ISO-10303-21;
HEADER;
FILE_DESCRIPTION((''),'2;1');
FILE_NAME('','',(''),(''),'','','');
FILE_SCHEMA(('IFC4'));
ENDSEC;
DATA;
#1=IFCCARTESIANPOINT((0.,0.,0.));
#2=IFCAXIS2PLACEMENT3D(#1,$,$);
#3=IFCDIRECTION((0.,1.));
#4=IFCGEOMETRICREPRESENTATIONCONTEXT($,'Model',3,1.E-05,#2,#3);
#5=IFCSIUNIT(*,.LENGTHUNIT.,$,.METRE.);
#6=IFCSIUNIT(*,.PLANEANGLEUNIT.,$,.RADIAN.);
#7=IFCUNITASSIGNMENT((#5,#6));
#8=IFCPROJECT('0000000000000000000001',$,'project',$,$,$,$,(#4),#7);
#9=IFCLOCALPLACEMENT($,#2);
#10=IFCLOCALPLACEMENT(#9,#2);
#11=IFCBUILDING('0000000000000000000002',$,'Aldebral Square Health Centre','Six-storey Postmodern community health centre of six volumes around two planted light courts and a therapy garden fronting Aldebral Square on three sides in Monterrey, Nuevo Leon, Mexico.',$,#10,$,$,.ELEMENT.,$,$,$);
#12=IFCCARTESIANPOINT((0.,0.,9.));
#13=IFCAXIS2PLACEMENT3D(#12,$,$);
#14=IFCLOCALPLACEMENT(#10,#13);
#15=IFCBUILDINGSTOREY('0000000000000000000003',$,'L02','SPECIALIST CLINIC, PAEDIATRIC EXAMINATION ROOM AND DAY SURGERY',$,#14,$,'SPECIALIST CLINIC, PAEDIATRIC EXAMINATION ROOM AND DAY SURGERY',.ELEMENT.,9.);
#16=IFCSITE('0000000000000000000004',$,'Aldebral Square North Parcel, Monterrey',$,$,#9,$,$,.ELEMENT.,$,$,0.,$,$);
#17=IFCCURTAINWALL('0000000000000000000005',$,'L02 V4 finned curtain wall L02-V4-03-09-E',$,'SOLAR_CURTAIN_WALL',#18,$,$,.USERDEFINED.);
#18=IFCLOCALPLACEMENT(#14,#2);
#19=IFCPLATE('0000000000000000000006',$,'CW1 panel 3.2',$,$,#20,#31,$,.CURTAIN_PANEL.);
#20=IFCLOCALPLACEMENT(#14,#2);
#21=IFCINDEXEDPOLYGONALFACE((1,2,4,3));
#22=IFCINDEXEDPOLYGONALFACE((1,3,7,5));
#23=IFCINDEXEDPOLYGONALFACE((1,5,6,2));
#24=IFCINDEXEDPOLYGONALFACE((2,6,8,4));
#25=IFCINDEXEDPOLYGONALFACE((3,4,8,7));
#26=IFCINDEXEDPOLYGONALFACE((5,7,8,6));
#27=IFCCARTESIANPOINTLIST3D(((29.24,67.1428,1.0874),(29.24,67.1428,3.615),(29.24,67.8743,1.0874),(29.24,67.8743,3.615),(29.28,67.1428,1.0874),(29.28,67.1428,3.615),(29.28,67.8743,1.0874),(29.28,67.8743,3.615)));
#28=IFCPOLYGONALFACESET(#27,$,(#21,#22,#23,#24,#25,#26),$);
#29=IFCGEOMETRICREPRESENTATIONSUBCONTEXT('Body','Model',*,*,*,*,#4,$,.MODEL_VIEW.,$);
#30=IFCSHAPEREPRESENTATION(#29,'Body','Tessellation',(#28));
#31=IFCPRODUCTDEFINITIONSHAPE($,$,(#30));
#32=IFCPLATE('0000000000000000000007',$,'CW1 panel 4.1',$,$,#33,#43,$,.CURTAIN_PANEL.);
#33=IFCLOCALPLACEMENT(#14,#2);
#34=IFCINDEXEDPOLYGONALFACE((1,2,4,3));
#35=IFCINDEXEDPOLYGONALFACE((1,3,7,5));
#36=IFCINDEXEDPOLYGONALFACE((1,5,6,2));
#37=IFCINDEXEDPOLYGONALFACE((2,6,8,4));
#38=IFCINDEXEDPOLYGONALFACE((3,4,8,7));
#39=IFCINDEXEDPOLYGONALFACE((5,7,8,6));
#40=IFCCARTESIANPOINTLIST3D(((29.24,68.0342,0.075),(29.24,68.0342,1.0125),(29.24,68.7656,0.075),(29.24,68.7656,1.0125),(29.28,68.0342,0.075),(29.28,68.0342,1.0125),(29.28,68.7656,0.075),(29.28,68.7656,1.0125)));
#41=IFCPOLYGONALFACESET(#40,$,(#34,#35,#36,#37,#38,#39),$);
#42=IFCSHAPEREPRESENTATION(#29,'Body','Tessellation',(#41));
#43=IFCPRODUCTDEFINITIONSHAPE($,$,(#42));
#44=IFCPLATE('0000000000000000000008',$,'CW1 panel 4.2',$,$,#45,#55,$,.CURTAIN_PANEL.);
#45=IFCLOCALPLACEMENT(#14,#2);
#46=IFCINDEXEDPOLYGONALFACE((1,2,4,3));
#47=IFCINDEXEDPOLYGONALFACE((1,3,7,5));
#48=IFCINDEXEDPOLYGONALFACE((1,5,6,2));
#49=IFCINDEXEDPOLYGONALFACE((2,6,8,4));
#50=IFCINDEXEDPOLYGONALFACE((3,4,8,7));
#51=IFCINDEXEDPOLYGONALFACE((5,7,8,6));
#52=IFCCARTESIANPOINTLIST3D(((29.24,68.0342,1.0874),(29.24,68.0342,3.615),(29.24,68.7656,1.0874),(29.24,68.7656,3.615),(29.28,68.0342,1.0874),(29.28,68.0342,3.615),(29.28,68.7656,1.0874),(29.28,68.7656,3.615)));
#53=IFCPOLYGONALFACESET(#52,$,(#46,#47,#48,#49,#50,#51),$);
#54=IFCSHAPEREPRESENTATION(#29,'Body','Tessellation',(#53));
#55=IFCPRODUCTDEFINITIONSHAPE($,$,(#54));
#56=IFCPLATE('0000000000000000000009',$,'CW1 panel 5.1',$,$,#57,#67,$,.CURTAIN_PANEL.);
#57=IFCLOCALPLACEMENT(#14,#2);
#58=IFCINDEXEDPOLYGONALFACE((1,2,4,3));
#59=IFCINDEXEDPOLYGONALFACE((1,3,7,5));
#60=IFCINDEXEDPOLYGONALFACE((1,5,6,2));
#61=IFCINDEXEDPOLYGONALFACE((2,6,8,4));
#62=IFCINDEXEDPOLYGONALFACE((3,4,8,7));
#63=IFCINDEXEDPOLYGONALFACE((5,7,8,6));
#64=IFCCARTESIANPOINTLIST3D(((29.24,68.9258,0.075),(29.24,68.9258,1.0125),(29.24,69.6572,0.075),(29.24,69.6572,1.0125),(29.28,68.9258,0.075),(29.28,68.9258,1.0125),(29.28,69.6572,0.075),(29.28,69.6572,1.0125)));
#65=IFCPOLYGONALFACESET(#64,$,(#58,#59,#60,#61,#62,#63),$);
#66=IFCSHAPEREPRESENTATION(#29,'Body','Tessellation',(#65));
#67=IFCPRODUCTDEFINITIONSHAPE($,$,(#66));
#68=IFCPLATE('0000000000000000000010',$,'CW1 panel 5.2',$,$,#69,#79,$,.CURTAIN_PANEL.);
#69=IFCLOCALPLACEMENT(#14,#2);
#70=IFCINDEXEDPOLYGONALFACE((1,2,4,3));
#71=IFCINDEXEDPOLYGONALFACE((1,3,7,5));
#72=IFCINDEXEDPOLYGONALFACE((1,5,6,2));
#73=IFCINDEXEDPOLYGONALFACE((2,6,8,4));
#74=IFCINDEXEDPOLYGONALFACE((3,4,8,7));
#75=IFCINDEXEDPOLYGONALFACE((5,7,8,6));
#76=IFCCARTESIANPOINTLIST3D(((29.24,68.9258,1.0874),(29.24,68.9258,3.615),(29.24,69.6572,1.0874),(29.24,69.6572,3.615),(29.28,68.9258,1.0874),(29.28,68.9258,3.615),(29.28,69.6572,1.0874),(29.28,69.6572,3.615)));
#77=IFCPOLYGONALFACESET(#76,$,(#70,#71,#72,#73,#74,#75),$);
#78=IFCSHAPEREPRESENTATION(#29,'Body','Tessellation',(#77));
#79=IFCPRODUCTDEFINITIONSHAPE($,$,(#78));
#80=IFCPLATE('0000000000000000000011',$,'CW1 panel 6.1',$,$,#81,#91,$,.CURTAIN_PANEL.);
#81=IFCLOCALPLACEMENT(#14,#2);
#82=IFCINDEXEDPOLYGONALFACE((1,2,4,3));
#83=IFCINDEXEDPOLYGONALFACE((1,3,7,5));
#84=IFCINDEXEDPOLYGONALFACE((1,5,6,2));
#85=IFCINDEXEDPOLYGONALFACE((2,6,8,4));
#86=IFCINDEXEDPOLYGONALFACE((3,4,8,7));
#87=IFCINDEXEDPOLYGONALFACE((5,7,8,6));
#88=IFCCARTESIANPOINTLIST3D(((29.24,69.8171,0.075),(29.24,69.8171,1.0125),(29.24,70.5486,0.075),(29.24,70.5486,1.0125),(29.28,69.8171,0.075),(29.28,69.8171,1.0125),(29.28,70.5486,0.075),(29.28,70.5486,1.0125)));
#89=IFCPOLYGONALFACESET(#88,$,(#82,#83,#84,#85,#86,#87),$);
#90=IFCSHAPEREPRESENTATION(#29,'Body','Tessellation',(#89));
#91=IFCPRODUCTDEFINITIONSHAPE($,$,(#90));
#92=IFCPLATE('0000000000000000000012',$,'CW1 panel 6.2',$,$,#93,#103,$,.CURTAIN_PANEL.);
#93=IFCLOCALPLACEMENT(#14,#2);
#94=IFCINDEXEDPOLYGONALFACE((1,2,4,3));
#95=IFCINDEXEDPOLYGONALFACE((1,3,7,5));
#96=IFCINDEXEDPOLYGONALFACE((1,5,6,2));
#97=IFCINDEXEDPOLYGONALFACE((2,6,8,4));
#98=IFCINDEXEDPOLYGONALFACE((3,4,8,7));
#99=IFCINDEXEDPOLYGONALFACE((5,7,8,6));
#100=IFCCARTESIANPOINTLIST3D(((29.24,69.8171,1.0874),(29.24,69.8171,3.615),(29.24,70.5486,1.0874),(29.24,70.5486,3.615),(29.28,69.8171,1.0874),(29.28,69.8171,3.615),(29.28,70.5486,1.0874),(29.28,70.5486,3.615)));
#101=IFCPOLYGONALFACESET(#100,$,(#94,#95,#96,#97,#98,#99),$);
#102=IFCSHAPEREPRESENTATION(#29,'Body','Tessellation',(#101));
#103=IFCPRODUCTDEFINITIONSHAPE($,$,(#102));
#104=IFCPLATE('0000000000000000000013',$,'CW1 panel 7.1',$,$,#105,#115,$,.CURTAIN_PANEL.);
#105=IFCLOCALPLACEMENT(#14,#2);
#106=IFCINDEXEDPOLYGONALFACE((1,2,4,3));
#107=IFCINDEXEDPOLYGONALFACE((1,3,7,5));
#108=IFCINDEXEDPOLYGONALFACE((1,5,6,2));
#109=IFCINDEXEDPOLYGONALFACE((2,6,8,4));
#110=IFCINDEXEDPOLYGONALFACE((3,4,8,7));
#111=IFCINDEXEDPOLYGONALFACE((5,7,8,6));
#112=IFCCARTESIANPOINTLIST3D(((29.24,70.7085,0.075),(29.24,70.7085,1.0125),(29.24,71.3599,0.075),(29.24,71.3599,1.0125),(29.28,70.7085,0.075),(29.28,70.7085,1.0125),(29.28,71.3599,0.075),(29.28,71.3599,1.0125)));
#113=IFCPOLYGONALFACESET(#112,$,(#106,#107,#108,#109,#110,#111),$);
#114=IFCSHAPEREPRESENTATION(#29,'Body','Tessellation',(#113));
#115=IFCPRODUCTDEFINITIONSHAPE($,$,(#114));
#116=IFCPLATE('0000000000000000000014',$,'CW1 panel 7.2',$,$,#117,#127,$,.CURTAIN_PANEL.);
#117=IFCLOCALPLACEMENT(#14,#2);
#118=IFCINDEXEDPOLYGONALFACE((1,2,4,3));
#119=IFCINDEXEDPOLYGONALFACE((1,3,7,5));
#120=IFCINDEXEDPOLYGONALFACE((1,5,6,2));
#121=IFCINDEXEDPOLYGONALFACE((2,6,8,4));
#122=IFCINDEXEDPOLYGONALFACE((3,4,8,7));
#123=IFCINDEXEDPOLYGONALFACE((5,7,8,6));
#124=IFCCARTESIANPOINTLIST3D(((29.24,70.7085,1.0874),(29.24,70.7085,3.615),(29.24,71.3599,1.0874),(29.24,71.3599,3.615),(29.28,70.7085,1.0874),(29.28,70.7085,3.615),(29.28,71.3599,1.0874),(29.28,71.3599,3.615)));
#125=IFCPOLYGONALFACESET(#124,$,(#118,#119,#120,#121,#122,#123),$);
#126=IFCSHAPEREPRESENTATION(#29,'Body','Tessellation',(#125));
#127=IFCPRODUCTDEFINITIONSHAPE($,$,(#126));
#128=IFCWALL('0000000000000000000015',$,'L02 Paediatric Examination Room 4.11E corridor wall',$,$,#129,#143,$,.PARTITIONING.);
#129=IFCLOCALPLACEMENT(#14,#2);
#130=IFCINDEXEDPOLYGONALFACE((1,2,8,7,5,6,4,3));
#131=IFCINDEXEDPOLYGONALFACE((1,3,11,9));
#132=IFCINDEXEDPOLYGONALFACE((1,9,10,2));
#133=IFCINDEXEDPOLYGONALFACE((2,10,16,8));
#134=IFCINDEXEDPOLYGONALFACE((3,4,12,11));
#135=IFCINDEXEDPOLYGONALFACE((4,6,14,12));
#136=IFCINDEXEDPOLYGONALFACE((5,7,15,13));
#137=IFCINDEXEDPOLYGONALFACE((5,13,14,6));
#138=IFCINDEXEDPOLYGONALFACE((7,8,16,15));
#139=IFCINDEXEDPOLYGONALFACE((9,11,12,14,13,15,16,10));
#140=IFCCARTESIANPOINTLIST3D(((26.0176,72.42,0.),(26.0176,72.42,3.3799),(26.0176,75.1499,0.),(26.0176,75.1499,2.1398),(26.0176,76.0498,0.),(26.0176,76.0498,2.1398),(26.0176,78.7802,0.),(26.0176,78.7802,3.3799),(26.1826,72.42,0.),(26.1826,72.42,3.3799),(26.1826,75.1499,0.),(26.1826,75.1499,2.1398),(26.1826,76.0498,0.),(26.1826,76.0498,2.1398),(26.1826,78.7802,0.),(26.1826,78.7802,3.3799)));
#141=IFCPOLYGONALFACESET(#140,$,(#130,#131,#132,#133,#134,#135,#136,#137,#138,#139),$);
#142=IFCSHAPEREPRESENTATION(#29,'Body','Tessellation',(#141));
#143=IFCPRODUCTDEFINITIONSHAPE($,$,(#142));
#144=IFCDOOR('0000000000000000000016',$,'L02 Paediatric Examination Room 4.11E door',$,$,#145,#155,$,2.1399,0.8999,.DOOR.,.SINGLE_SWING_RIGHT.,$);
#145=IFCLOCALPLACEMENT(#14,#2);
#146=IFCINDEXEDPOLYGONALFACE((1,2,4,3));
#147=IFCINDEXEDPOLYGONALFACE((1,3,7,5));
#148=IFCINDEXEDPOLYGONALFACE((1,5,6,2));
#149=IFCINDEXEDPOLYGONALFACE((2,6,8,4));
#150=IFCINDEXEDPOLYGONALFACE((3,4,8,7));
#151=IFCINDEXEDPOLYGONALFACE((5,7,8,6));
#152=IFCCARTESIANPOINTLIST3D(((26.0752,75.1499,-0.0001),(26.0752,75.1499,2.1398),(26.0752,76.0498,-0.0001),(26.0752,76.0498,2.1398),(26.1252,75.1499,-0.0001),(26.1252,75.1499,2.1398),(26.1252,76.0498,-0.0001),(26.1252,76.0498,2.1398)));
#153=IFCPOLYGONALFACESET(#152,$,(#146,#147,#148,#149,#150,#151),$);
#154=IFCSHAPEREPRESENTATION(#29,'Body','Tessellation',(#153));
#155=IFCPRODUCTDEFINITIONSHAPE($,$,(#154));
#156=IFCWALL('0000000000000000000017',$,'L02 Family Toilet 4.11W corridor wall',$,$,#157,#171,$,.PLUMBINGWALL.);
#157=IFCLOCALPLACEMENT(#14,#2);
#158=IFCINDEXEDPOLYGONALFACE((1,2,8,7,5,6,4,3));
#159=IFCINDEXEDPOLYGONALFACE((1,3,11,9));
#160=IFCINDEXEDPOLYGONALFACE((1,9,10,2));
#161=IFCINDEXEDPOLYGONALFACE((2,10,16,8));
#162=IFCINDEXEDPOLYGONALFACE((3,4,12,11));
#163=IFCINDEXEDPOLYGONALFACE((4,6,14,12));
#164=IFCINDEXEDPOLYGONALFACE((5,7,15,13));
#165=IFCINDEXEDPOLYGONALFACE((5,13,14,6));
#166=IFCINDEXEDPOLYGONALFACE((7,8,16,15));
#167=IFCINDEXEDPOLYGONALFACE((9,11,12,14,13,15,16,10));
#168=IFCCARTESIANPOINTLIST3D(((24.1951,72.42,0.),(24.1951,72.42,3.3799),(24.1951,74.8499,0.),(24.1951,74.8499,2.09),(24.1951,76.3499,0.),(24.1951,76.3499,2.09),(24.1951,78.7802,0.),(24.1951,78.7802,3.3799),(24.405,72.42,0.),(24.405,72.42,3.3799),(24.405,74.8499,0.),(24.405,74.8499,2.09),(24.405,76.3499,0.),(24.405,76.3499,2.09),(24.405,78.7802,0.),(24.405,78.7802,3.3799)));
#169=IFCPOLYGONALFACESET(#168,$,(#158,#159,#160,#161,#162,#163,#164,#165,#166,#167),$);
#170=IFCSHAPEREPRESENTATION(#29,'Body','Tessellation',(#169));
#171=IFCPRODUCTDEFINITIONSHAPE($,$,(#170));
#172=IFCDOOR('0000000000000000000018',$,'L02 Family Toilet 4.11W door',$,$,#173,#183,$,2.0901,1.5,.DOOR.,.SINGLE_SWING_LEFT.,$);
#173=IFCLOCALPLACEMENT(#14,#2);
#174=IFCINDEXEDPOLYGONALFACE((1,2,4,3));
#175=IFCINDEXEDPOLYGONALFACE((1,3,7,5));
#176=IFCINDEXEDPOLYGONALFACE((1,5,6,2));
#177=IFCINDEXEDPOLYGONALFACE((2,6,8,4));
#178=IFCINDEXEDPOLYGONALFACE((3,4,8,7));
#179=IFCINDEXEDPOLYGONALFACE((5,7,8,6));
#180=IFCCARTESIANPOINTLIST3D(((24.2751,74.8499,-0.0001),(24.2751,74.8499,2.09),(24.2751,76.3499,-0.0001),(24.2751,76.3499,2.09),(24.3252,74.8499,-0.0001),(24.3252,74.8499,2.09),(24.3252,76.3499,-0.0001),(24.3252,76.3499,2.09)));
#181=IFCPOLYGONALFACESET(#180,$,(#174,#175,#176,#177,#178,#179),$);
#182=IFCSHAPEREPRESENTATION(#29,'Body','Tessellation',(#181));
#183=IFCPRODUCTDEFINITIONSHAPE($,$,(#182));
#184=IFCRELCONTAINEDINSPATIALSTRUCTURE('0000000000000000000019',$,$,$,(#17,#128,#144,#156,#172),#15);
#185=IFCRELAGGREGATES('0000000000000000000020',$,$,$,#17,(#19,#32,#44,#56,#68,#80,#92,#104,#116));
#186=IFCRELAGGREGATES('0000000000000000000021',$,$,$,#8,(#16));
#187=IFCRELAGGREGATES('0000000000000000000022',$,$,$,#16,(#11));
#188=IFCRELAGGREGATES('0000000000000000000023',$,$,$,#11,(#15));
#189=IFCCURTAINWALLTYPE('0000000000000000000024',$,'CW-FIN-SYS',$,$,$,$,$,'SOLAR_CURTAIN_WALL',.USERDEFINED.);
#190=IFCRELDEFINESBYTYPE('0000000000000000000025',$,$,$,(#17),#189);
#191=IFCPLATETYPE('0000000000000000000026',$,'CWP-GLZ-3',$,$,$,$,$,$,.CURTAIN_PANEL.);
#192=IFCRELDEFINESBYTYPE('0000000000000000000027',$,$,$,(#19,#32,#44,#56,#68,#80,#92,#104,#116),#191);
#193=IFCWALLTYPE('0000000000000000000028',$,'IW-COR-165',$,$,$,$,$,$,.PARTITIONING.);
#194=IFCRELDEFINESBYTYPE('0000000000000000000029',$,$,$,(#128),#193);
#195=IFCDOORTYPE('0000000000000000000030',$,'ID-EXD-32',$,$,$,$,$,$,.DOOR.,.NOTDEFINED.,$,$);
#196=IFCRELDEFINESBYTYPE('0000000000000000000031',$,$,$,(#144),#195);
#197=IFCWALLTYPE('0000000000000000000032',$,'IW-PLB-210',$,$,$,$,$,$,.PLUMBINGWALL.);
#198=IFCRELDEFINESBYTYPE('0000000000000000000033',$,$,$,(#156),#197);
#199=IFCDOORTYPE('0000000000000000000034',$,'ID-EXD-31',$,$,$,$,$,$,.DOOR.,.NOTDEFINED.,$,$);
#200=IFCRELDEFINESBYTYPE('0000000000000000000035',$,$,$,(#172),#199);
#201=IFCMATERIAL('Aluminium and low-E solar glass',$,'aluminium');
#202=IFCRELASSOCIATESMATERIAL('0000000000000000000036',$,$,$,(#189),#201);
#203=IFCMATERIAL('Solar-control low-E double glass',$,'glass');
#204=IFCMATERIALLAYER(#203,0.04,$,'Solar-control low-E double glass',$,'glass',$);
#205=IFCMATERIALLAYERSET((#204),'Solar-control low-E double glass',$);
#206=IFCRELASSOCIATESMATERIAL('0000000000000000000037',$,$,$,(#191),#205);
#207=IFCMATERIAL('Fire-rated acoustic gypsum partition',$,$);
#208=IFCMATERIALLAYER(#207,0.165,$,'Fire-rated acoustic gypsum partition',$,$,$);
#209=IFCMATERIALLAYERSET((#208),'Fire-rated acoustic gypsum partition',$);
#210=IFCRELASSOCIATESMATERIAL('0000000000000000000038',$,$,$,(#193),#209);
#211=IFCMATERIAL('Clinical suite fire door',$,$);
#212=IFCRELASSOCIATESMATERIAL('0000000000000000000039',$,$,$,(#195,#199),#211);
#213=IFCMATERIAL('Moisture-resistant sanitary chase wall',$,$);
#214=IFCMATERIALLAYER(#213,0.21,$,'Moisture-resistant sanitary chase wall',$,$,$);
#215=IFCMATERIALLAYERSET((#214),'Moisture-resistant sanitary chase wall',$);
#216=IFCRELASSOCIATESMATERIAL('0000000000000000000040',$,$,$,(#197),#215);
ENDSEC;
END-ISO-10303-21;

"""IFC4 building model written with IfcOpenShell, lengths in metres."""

from ifc_helpers import new_model, si_unit, direction, frame, frame_2d, origin, origin_2d, place, context, subcontext, project, spatial, rectangle, extrude, material, layer, layer_set, type_object, element, fill, aggregate, save


model = new_model("IFC4")

# Units and contexts
model_context = context("Model", 3, precision=1e-05, world=origin(), true_north=direction((0.0, 1.0)))
body_context = subcontext(model_context, "Body", "Model", "MODEL_VIEW")
ifc_project = project(units=[si_unit("LENGTHUNIT", "METRE"), si_unit("PLANEANGLEUNIT", "RADIAN")], contexts=[model_context])

# Site, building, storey
site_placement = place(None, origin())
site = spatial("IfcSite", under=ifc_project, at=site_placement, Name="Aldebral Square North Parcel, Monterrey", CompositionType="ELEMENT", RefElevation=0.0)
building_placement = place(site_placement, origin())
building = spatial("IfcBuilding", under=site, at=building_placement, Name="Aldebral Square Health Centre", Description="Six-storey Postmodern community health centre of six volumes around two planted light courts and a therapy garden fronting Aldebral Square on three sides in Monterrey, Nuevo Leon, Mexico.", CompositionType="ELEMENT")
storey_placement = place(building_placement, frame((0.0, 0.0, 9.0)))
storey = spatial("IfcBuildingStorey", under=building, at=storey_placement, Name="L02", Description="SPECIALIST CLINIC, PAEDIATRIC EXAMINATION ROOM AND DAY SURGERY", LongName="SPECIALIST CLINIC, PAEDIATRIC EXAMINATION ROOM AND DAY SURGERY", CompositionType="ELEMENT", Elevation=9.0)

# Curtain wall
ifc_material_1 = material(Name="Aluminium and low-E solar glass", Category="aluminium")
curtain_wall_type = type_object("IfcCurtainWallType", Name="CW-FIN-SYS", ElementType="SOLAR_CURTAIN_WALL", PredefinedType="USERDEFINED", material=ifc_material_1)
curtain_wall_1_placement = place(storey_placement, origin())
curtain_wall_1 = element("IfcCurtainWall", 1, at=curtain_wall_1_placement, inside=storey, type_object=curtain_wall_type, Name="L02 V4 finned curtain wall L02-V4-03-09-E", ObjectType="SOLAR_CURTAIN_WALL", PredefinedType="USERDEFINED")

# Plates
ifc_material_2 = material(Name="Solar-control low-E double glass", Category="glass")
ifc_layer_1 = layer(ifc_material_2, 0.04, Name="Solar-control low-E double glass", Category="glass")
ifc_layer_set_1 = layer_set([ifc_layer_1], Name="Solar-control low-E double glass")
plate_type = type_object("IfcPlateType", Name="CWP-GLZ-3", PredefinedType="CURTAIN_PANEL", material=ifc_layer_set_1)
plate_1_placement = place(storey_placement, frame((29.26, 67.5085, 1.0874), z_axis=(0.0, 0.0, 1.0), x_axis=(0.0, 1.0, 0.0)))
plate_1 = element("IfcPlate", 2, at=plate_1_placement, type_object=plate_type, Name="CW1 panel 3.2", PredefinedType="CURTAIN_PANEL", context=body_context, shape_type="SweptSolid", body=[
    extrude(rectangle(XDim=0.7314, YDim=0.04, at=origin_2d()), origin(), (0.0, 0.0, 1.0), 2.5276),
])
plate_2_placement = place(storey_placement, frame((29.26, 68.3999, 0.075), z_axis=(0.0, 0.0, 1.0), x_axis=(0.0, 1.0, 0.0)))
plate_2 = element("IfcPlate", 3, at=plate_2_placement, type_object=plate_type, Name="CW1 panel 4.1", PredefinedType="CURTAIN_PANEL", context=body_context, shape_type="SweptSolid", body=[
    extrude(rectangle(XDim=0.7314, YDim=0.04, at=origin_2d()), origin(), (0.0, 0.0, 1.0), 0.9375),
])
plate_3_placement = place(storey_placement, frame((29.26, 68.3999, 1.0874), z_axis=(0.0, 0.0, 1.0), x_axis=(0.0, 1.0, 0.0)))
plate_3 = element("IfcPlate", 4, at=plate_3_placement, type_object=plate_type, Name="CW1 panel 4.2", PredefinedType="CURTAIN_PANEL", context=body_context, shape_type="SweptSolid", body=[
    extrude(rectangle(XDim=0.7314, YDim=0.04, at=origin_2d()), origin(), (0.0, 0.0, 1.0), 2.5276),
])
plate_4_placement = place(storey_placement, frame((29.26, 69.2915, 0.075), z_axis=(0.0, 0.0, 1.0), x_axis=(0.0, 1.0, 0.0)))
plate_4 = element("IfcPlate", 5, at=plate_4_placement, type_object=plate_type, Name="CW1 panel 5.1", PredefinedType="CURTAIN_PANEL", context=body_context, shape_type="SweptSolid", body=[
    extrude(rectangle(XDim=0.7314, YDim=0.04, at=origin_2d()), origin(), (0.0, 0.0, 1.0), 0.9375),
])
plate_5_placement = place(storey_placement, frame((29.26, 69.2915, 1.0874), z_axis=(0.0, 0.0, 1.0), x_axis=(0.0, 1.0, 0.0)))
plate_5 = element("IfcPlate", 6, at=plate_5_placement, type_object=plate_type, Name="CW1 panel 5.2", PredefinedType="CURTAIN_PANEL", context=body_context, shape_type="SweptSolid", body=[
    extrude(rectangle(XDim=0.7314, YDim=0.04, at=origin_2d()), origin(), (0.0, 0.0, 1.0), 2.5276),
])
plate_6_placement = place(storey_placement, frame((29.26, 70.1829, 0.075), z_axis=(0.0, 0.0, 1.0), x_axis=(0.0, 1.0, 0.0)))
plate_6 = element("IfcPlate", 7, at=plate_6_placement, type_object=plate_type, Name="CW1 panel 6.1", PredefinedType="CURTAIN_PANEL", context=body_context, shape_type="SweptSolid", body=[
    extrude(rectangle(XDim=0.7314, YDim=0.04, at=origin_2d()), origin(), (0.0, 0.0, 1.0), 0.9375),
])
plate_7_placement = place(storey_placement, frame((29.26, 70.1829, 1.0874), z_axis=(0.0, 0.0, 1.0), x_axis=(0.0, 1.0, 0.0)))
plate_7 = element("IfcPlate", 8, at=plate_7_placement, type_object=plate_type, Name="CW1 panel 6.2", PredefinedType="CURTAIN_PANEL", context=body_context, shape_type="SweptSolid", body=[
    extrude(rectangle(XDim=0.7314, YDim=0.04, at=origin_2d()), origin(), (0.0, 0.0, 1.0), 2.5276),
])
plate_8_placement = place(storey_placement, frame((29.26, 71.0342, 0.075), z_axis=(0.0, 0.0, 1.0), x_axis=(0.0, 1.0, 0.0)))
plate_8 = element("IfcPlate", 9, at=plate_8_placement, type_object=plate_type, Name="CW1 panel 7.1", PredefinedType="CURTAIN_PANEL", context=body_context, shape_type="SweptSolid", body=[
    extrude(rectangle(XDim=0.6514, YDim=0.04, at=origin_2d()), origin(), (0.0, 0.0, 1.0), 0.9375),
])
plate_9_placement = place(storey_placement, frame((29.26, 71.0342, 1.0874), z_axis=(0.0, 0.0, 1.0), x_axis=(0.0, 1.0, 0.0)))
plate_9 = element("IfcPlate", 10, at=plate_9_placement, type_object=plate_type, Name="CW1 panel 7.2", PredefinedType="CURTAIN_PANEL", context=body_context, shape_type="SweptSolid", body=[
    extrude(rectangle(XDim=0.6514, YDim=0.04, at=origin_2d()), origin(), (0.0, 0.0, 1.0), 2.5276),
])
aggregate(curtain_wall_1, [plate_1, plate_2, plate_3, plate_4, plate_5, plate_6, plate_7, plate_8, plate_9])

# Walls, openings, doors
ifc_material_3 = material(Name="Fire-rated acoustic gypsum partition")
ifc_layer_2 = layer(ifc_material_3, 0.165, Name="Fire-rated acoustic gypsum partition")
ifc_layer_set_2 = layer_set([ifc_layer_2], Name="Fire-rated acoustic gypsum partition")
wall_type_1 = type_object("IfcWallType", Name="IW-COR-165", PredefinedType="PARTITIONING", material=ifc_layer_set_2)
wall_1_placement = place(storey_placement, frame((26.1001, 72.4199, 0.0), z_axis=(0.0, 0.0, 1.0), x_axis=(0.0, 1.0, 0.0)))
wall_1 = element("IfcWall", 11, at=wall_1_placement, inside=storey, type_object=wall_type_1, Name="L02 Paediatric Examination Room 4.11E corridor wall", PredefinedType="PARTITIONING", context=body_context, shape_type="SweptSolid", body=[
    extrude(rectangle(XDim=6.3601, YDim=0.165, at=frame_2d((3.1802, 0.0))), origin(), (0.0, 0.0, 1.0), 3.3799),
])
opening_1_placement = place(wall_1_placement, frame((2.73, 0.0, 0.0)))
opening_1 = element("IfcOpeningElement", 12, at=opening_1_placement, cuts=wall_1, PredefinedType="OPENING", context=body_context, shape_type="SweptSolid", body=[
    extrude(rectangle(XDim=0.8999, YDim=2.1399, at=frame_2d((0.45, 1.0698))), frame((0.0, 0.0925, 0.0), z_axis=(0.0, -1.0, 0.0), x_axis=(1.0, 0.0, 0.0)), (0.0, 0.0, 1.0), 0.1851),
])
ifc_material_4 = material(Name="Clinical suite fire door")
door_type_1 = type_object("IfcDoorType", Name="ID-EXD-32", OperationType="NOTDEFINED", PredefinedType="DOOR", material=ifc_material_4)
door_1_placement = place(opening_1_placement, origin())
door_1 = element("IfcDoor", 13, at=door_1_placement, inside=storey, type_object=door_type_1, Name="L02 Paediatric Examination Room 4.11E door", OperationType="SINGLE_SWING_RIGHT", OverallHeight=2.1399, OverallWidth=0.8999, PredefinedType="DOOR", context=body_context, shape_type="SweptSolid", body=[
    extrude(rectangle(XDim=0.8999, YDim=2.1399, at=frame_2d((0.45, 1.0698))), frame((0.0, 0.0249, 0.0), z_axis=(0.0, -1.0, 0.0), x_axis=(1.0, 0.0, 0.0)), (0.0, 0.0, 1.0), 0.05),
])
fill(opening_1, door_1)
ifc_material_5 = material(Name="Moisture-resistant sanitary chase wall")
ifc_layer_3 = layer(ifc_material_5, 0.21, Name="Moisture-resistant sanitary chase wall")
ifc_layer_set_3 = layer_set([ifc_layer_3], Name="Moisture-resistant sanitary chase wall")
wall_type_2 = type_object("IfcWallType", Name="IW-PLB-210", PredefinedType="PLUMBINGWALL", material=ifc_layer_set_3)
wall_2_placement = place(storey_placement, frame((24.3, 72.4199, 0.0), z_axis=(0.0, 0.0, 1.0), x_axis=(0.0, 1.0, 0.0)))
wall_2 = element("IfcWall", 14, at=wall_2_placement, inside=storey, type_object=wall_type_2, Name="L02 Family Toilet 4.11W corridor wall", PredefinedType="PLUMBINGWALL", context=body_context, shape_type="SweptSolid", body=[
    extrude(rectangle(XDim=6.3601, YDim=0.21, at=frame_2d((3.1802, 0.0))), origin(), (0.0, 0.0, 1.0), 3.3799),
])
opening_2_placement = place(wall_2_placement, frame((2.4299, 0.0, 0.0)))
opening_2 = element("IfcOpeningElement", 15, at=opening_2_placement, cuts=wall_2, PredefinedType="OPENING", context=body_context, shape_type="SweptSolid", body=[
    extrude(rectangle(XDim=1.5, YDim=2.0901, at=frame_2d((0.75, 1.0449))), frame((0.0, 0.115, 0.0), z_axis=(0.0, -1.0, 0.0), x_axis=(1.0, 0.0, 0.0)), (0.0, 0.0, 1.0), 0.23),
])
door_type_2 = type_object("IfcDoorType", Name="ID-EXD-31", OperationType="NOTDEFINED", PredefinedType="DOOR", material=ifc_material_4)
door_2_placement = place(opening_2_placement, origin())
door_2 = element("IfcDoor", 16, at=door_2_placement, inside=storey, type_object=door_type_2, Name="L02 Family Toilet 4.11W door", OperationType="SINGLE_SWING_LEFT", OverallHeight=2.0901, OverallWidth=1.5, PredefinedType="DOOR", context=body_context, shape_type="SweptSolid", body=[
    extrude(rectangle(XDim=1.5, YDim=2.0901, at=frame_2d((0.75, 1.0449))), frame((0.0, 0.0249, 0.0), z_axis=(0.0, -1.0, 0.0), x_axis=(1.0, 0.0, 0.0)), (0.0, 0.0, 1.0), 0.05),
])
fill(opening_2, door_2)

save(model, "model.ifc")
